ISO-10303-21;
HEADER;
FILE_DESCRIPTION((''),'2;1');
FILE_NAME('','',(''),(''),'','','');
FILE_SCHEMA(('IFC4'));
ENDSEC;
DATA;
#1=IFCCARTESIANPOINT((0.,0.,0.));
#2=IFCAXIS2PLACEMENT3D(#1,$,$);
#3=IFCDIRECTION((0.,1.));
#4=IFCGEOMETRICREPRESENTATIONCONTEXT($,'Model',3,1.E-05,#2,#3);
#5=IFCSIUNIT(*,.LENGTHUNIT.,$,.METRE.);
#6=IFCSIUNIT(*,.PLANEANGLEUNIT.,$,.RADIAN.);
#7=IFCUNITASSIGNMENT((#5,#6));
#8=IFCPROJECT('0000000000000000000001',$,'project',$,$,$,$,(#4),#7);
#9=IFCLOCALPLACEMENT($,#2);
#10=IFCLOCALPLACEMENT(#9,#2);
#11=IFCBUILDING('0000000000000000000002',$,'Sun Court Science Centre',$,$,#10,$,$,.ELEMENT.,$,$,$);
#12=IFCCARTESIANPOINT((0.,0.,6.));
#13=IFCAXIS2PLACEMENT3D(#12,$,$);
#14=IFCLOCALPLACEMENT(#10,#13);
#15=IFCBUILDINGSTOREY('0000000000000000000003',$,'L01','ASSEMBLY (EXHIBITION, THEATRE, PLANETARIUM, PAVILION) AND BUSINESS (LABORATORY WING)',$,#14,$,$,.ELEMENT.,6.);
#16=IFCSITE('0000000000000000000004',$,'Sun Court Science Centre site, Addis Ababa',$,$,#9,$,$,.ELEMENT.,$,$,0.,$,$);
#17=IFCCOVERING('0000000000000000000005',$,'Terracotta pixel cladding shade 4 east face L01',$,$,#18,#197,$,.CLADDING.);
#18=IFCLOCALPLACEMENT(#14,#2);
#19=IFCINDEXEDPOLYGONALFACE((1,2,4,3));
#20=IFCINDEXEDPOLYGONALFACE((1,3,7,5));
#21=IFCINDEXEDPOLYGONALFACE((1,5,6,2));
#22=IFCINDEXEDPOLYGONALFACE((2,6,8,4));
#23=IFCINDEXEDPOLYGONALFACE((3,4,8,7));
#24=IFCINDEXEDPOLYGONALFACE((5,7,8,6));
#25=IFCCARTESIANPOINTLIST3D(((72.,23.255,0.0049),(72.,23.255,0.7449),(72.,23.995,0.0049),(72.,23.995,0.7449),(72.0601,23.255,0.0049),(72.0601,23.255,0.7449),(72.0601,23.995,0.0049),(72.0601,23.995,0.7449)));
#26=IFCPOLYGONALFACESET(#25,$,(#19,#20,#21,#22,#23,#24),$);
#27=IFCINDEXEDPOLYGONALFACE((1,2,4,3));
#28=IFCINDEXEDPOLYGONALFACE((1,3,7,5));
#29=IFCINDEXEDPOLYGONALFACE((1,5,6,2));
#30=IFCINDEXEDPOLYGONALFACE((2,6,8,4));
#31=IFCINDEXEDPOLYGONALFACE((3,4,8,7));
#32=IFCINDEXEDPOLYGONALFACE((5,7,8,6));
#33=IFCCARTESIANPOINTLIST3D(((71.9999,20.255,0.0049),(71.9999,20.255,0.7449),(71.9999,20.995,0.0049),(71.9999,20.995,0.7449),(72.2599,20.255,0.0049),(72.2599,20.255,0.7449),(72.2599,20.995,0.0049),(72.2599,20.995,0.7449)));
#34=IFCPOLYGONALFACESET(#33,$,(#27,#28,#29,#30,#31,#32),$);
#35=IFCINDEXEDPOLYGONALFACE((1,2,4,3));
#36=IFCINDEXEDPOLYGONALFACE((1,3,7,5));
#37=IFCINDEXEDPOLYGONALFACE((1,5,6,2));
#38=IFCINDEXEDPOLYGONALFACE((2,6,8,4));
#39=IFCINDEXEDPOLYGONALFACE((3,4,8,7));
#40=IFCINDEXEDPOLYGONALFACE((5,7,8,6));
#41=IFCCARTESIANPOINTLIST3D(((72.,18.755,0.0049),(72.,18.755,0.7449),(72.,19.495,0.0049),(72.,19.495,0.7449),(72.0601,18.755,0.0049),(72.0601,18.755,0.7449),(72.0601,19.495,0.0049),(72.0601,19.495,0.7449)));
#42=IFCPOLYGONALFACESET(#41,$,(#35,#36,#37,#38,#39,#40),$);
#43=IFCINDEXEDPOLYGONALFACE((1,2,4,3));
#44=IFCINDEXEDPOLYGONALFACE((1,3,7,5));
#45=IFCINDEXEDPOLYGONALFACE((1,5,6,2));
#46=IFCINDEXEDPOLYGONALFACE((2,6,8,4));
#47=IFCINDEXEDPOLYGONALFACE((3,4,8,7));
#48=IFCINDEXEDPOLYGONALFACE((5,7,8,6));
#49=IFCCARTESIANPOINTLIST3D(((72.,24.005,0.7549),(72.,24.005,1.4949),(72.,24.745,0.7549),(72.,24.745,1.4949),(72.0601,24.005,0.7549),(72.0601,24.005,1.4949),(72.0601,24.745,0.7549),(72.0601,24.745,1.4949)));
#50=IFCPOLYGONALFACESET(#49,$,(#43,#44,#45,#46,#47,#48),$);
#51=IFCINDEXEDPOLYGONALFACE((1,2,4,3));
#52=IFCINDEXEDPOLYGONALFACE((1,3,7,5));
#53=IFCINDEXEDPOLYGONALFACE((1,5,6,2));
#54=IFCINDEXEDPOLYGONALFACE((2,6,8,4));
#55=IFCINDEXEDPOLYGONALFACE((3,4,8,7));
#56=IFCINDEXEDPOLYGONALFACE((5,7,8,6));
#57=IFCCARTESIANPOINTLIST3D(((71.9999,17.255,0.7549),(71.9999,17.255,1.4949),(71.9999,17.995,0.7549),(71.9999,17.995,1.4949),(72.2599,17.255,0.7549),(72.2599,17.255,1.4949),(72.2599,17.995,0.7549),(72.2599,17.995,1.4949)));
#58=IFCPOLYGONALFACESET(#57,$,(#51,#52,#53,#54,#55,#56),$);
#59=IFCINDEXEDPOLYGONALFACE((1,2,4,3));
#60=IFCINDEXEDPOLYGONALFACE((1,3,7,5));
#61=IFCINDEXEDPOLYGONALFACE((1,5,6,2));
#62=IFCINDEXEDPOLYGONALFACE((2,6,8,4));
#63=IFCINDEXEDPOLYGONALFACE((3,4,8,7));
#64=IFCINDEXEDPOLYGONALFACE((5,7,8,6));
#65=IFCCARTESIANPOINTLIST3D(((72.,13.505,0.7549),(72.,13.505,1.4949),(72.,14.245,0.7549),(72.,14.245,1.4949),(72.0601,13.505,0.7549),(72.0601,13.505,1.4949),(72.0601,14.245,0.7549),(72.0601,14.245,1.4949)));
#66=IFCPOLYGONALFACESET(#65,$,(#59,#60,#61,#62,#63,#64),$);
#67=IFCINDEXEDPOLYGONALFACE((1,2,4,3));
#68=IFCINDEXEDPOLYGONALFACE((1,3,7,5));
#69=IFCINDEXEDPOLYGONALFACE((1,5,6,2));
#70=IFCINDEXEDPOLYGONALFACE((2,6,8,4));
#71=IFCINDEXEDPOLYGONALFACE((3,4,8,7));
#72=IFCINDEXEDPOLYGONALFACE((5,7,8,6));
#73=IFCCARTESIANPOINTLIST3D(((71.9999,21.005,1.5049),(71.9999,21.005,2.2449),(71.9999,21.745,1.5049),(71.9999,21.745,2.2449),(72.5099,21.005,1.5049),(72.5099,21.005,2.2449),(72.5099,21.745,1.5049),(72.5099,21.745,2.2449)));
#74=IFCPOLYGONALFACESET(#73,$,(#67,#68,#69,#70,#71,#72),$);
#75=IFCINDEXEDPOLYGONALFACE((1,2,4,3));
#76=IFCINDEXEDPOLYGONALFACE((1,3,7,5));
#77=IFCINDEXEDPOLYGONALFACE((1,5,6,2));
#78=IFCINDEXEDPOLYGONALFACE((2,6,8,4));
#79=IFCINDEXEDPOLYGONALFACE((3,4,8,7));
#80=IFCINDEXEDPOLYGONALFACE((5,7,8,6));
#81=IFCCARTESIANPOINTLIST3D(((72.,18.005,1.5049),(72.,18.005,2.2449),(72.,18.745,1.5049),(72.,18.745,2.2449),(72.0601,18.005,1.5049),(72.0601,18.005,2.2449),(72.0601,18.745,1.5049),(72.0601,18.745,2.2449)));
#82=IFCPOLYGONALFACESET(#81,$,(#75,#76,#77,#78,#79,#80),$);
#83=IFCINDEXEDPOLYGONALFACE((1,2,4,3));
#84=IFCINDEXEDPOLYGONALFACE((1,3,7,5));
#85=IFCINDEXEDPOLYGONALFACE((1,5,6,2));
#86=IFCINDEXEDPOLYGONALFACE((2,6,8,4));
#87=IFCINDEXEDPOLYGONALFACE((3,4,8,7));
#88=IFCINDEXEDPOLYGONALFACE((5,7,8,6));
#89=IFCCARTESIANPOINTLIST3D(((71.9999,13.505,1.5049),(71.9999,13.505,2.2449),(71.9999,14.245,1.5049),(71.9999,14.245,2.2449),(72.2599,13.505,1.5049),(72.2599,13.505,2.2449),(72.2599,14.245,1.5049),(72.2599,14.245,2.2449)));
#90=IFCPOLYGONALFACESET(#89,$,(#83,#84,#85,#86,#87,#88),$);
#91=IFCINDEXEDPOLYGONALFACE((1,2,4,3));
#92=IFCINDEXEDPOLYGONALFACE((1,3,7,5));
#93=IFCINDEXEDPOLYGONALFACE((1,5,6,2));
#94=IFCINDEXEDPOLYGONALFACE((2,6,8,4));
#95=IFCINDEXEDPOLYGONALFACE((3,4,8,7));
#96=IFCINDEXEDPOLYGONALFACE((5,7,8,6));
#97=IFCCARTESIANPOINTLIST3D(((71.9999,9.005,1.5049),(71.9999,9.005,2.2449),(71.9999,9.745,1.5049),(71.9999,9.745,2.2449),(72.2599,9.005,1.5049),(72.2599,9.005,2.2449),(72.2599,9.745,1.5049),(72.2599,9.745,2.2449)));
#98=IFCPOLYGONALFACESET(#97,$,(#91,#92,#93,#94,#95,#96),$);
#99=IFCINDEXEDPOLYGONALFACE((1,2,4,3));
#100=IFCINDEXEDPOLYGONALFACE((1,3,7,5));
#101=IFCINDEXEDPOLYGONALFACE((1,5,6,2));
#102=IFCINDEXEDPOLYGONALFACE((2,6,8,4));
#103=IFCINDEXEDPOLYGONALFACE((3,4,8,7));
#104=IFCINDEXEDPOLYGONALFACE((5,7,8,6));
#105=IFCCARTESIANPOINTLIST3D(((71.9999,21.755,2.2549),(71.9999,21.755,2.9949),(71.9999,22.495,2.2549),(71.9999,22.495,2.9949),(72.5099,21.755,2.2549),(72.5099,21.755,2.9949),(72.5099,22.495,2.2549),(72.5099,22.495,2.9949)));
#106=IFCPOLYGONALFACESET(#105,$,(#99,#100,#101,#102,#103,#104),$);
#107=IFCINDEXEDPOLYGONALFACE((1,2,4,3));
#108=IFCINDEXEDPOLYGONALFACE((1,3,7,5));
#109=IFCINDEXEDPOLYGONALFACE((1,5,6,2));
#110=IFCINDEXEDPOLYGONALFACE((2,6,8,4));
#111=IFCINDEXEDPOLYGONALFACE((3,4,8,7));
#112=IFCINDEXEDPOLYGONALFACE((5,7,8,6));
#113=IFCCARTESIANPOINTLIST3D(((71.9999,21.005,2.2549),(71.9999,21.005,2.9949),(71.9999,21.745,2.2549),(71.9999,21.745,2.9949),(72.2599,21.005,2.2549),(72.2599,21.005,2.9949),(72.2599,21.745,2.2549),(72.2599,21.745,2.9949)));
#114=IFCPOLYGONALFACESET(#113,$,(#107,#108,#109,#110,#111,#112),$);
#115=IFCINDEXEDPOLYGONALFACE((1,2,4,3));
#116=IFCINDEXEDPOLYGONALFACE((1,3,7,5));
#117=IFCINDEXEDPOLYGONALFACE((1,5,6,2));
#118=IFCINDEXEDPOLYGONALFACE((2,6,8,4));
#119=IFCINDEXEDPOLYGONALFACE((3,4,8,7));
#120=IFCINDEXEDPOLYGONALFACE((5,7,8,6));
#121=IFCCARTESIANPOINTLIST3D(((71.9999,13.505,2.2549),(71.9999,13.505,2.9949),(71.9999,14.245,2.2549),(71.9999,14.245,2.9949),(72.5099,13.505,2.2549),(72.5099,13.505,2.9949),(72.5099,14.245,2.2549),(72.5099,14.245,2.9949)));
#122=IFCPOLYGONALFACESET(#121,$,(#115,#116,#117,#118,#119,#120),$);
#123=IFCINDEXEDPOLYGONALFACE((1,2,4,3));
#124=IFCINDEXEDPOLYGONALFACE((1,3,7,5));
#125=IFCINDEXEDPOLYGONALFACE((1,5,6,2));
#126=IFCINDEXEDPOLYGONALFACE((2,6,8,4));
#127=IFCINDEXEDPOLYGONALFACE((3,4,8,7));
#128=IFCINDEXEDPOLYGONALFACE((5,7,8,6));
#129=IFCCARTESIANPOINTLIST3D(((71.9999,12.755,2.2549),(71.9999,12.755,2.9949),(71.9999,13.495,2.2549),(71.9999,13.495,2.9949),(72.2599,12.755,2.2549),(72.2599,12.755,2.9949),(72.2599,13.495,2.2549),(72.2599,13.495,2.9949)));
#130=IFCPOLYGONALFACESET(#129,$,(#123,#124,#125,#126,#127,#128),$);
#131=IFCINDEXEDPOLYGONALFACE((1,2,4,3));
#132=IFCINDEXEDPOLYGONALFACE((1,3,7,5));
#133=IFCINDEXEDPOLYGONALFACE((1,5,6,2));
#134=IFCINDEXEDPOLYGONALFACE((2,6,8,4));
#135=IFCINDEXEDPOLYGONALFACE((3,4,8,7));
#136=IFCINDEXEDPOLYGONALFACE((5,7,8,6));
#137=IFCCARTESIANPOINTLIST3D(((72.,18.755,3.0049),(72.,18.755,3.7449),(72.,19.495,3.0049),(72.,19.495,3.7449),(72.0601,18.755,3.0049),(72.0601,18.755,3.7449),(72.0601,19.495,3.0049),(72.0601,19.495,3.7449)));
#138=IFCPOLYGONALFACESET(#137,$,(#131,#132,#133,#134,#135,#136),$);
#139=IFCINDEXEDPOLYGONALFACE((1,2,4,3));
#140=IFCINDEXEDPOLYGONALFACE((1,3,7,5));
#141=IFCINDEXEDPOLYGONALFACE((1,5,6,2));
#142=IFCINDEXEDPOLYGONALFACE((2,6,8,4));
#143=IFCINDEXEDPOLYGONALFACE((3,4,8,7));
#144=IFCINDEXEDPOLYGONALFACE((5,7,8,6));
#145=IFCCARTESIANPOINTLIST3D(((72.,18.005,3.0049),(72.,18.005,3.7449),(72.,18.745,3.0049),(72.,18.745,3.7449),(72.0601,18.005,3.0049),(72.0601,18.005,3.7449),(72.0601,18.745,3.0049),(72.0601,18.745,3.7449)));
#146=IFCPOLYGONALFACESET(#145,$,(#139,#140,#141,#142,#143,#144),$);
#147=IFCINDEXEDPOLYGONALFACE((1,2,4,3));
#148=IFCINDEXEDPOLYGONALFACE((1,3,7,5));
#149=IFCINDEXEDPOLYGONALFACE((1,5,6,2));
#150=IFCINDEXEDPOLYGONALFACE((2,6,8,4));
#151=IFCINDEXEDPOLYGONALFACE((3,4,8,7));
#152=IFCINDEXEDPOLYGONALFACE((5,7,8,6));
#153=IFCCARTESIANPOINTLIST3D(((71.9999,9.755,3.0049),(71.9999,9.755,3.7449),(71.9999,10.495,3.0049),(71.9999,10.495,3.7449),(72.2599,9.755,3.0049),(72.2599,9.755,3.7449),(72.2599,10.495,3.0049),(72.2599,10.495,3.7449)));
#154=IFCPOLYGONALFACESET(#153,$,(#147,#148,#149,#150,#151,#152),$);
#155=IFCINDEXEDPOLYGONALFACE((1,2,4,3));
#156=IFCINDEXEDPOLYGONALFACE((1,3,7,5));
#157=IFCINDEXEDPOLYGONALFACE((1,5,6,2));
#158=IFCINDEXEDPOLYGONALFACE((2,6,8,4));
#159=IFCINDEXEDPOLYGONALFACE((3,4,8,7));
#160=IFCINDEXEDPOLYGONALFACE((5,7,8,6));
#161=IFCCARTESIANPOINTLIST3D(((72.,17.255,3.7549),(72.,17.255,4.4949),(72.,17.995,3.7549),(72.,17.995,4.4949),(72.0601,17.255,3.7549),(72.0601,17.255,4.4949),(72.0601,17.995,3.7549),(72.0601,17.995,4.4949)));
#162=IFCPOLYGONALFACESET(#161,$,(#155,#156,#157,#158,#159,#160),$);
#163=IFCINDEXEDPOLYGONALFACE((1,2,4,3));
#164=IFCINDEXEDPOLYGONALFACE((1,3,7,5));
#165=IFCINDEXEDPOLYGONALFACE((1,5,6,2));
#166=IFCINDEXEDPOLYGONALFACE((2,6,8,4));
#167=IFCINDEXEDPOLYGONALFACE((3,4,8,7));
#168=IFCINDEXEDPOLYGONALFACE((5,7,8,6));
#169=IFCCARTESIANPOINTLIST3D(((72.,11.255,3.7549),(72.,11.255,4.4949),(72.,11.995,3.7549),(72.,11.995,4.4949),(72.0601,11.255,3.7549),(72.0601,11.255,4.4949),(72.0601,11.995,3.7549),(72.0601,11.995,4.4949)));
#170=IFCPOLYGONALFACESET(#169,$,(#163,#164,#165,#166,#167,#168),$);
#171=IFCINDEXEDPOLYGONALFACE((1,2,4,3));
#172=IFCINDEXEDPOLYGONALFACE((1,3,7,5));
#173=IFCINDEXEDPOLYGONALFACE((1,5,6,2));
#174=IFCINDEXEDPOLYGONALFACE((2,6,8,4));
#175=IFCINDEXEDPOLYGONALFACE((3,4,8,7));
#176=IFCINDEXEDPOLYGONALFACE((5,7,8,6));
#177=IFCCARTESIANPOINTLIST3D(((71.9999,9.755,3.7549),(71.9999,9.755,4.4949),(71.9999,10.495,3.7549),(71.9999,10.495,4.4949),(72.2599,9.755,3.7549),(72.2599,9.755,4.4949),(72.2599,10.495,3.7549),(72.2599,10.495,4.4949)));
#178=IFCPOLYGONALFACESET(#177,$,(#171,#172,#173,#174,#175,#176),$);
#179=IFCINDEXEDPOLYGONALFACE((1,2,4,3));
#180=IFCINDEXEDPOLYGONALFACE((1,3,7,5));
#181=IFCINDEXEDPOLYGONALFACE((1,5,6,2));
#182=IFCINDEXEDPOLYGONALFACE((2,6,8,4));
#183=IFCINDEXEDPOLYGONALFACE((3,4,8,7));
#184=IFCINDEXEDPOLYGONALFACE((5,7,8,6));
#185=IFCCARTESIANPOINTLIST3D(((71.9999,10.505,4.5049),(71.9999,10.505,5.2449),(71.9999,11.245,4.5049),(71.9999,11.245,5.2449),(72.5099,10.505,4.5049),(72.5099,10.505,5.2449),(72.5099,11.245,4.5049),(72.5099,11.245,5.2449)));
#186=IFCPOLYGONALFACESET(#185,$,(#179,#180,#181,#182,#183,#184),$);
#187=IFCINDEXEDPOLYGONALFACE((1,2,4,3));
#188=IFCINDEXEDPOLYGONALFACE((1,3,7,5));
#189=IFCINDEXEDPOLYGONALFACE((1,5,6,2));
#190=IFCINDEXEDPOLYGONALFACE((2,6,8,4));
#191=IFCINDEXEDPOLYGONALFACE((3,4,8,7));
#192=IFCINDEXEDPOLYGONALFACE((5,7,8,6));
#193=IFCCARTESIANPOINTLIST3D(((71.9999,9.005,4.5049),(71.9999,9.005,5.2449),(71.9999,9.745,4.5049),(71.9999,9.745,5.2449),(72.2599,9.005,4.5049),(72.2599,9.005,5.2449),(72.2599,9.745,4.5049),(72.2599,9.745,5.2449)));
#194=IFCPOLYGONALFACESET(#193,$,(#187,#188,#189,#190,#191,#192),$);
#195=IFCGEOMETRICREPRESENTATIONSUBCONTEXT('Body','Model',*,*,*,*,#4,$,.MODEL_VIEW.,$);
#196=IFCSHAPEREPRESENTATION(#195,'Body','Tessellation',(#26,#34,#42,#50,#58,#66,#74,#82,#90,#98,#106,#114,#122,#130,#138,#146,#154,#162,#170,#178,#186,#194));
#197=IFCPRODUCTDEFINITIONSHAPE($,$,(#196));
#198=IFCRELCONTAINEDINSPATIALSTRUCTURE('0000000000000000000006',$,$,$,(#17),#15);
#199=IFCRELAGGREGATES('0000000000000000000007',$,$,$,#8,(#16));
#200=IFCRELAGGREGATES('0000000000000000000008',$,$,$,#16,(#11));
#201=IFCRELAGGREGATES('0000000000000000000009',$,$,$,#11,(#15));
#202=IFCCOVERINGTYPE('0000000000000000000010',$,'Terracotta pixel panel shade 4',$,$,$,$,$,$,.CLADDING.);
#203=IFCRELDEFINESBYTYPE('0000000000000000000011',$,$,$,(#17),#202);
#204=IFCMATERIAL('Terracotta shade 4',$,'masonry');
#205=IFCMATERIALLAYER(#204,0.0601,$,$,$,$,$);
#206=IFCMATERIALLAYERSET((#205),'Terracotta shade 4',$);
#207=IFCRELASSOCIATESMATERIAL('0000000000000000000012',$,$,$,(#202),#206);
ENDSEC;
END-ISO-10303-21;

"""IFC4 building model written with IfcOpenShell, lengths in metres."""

from ifc_helpers import new_model, si_unit, direction, frame, origin, origin_2d, place, context, subcontext, project, spatial, rectangle, extrude, material, layer, layer_set, type_object, element, save


model = new_model("IFC4")

# Units and contexts
model_context = context("Model", 3, precision=1e-05, world=origin(), true_north=direction((0.0, 1.0)))
body_context = subcontext(model_context, "Body", "Model", "MODEL_VIEW")
ifc_project = project(units=[si_unit("LENGTHUNIT", "METRE"), si_unit("PLANEANGLEUNIT", "RADIAN")], contexts=[model_context])

# Site, building, storey
site_placement = place(None, origin())
site = spatial("IfcSite", under=ifc_project, at=site_placement, Name="Sun Court Science Centre site, Addis Ababa", CompositionType="ELEMENT", RefElevation=0.0)
building_placement = place(site_placement, origin())
building = spatial("IfcBuilding", under=site, at=building_placement, Name="Sun Court Science Centre", CompositionType="ELEMENT")
storey_placement = place(building_placement, frame((0.0, 0.0, 6.0)))
storey = spatial("IfcBuildingStorey", under=building, at=storey_placement, Name="L01", Description="ASSEMBLY (EXHIBITION, THEATRE, PLANETARIUM, PAVILION) AND BUSINESS (LABORATORY WING)", CompositionType="ELEMENT", Elevation=6.0)

# Covering
ifc_material_1 = material(Name="Terracotta shade 4", Category="masonry")
ifc_layer_1 = layer(ifc_material_1, 0.0601)
ifc_layer_set_1 = layer_set([ifc_layer_1], Name="Terracotta shade 4")
covering_type_1 = type_object("IfcCoveringType", Name="Terracotta pixel panel shade 4", PredefinedType="CLADDING", material=ifc_layer_set_1)
covering_1_placement = place(storey_placement, frame((0.0, 0.0, -6.0)))
element("IfcCovering", 1, at=covering_1_placement, inside=storey, type_object=covering_type_1, Name="Terracotta pixel cladding shade 4 east face L01", PredefinedType="CLADDING", context=body_context, shape_type="SweptSolid", body=[
    extrude(rectangle(XDim=0.74, YDim=0.0601, at=origin_2d()), frame((72.03, 23.625, 6.0049), z_axis=(0.0, 0.0, 1.0), x_axis=(0.0, -1.0, 0.0)), (0.0, 0.0, 1.0), 0.74),
    extrude(rectangle(XDim=0.74, YDim=0.26, at=origin_2d()), frame((72.1299, 20.625, 6.0049), z_axis=(0.0, 0.0, 1.0), x_axis=(0.0, -1.0, 0.0)), (0.0, 0.0, 1.0), 0.74),
    extrude(rectangle(XDim=0.74, YDim=0.0601, at=origin_2d()), frame((72.03, 19.125, 6.0049), z_axis=(0.0, 0.0, 1.0), x_axis=(0.0, -1.0, 0.0)), (0.0, 0.0, 1.0), 0.74),
    extrude(rectangle(XDim=0.74, YDim=0.0601, at=origin_2d()), frame((72.03, 24.375, 6.7549), z_axis=(0.0, 0.0, 1.0), x_axis=(0.0, -1.0, 0.0)), (0.0, 0.0, 1.0), 0.74),
    extrude(rectangle(XDim=0.74, YDim=0.26, at=origin_2d()), frame((72.1299, 17.625, 6.7549), z_axis=(0.0, 0.0, 1.0), x_axis=(0.0, -1.0, 0.0)), (0.0, 0.0, 1.0), 0.74),
    extrude(rectangle(XDim=0.74, YDim=0.0601, at=origin_2d()), frame((72.03, 13.875, 6.7549), z_axis=(0.0, 0.0, 1.0), x_axis=(0.0, -1.0, 0.0)), (0.0, 0.0, 1.0), 0.74),
    extrude(rectangle(XDim=0.74, YDim=0.51, at=origin_2d()), frame((72.2549, 21.375, 7.5049), z_axis=(0.0, 0.0, 1.0), x_axis=(0.0, -1.0, 0.0)), (0.0, 0.0, 1.0), 0.74),
    extrude(rectangle(XDim=0.74, YDim=0.0601, at=origin_2d()), frame((72.03, 18.375, 7.5049), z_axis=(0.0, 0.0, 1.0), x_axis=(0.0, -1.0, 0.0)), (0.0, 0.0, 1.0), 0.74),
    extrude(rectangle(XDim=0.74, YDim=0.26, at=origin_2d()), frame((72.1299, 13.875, 7.5049), z_axis=(0.0, 0.0, 1.0), x_axis=(0.0, -1.0, 0.0)), (0.0, 0.0, 1.0), 0.74),
    extrude(rectangle(XDim=0.74, YDim=0.26, at=origin_2d()), frame((72.1299, 9.375, 7.5049), z_axis=(0.0, 0.0, 1.0), x_axis=(0.0, -1.0, 0.0)), (0.0, 0.0, 1.0), 0.74),
    extrude(rectangle(XDim=0.74, YDim=0.51, at=origin_2d()), frame((72.2549, 22.125, 8.2549), z_axis=(0.0, 0.0, 1.0), x_axis=(0.0, -1.0, 0.0)), (0.0, 0.0, 1.0), 0.74),
    extrude(rectangle(XDim=0.74, YDim=0.26, at=origin_2d()), frame((72.1299, 21.375, 8.2549), z_axis=(0.0, 0.0, 1.0), x_axis=(0.0, -1.0, 0.0)), (0.0, 0.0, 1.0), 0.74),
    extrude(rectangle(XDim=0.74, YDim=0.51, at=origin_2d()), frame((72.2549, 13.875, 8.2549), z_axis=(0.0, 0.0, 1.0), x_axis=(0.0, -1.0, 0.0)), (0.0, 0.0, 1.0), 0.74),
    extrude(rectangle(XDim=0.74, YDim=0.26, at=origin_2d()), frame((72.1299, 13.125, 8.2549), z_axis=(0.0, 0.0, 1.0), x_axis=(0.0, -1.0, 0.0)), (0.0, 0.0, 1.0), 0.74),
    extrude(rectangle(XDim=0.74, YDim=0.0601, at=origin_2d()), frame((72.03, 19.125, 9.0049), z_axis=(0.0, 0.0, 1.0), x_axis=(0.0, -1.0, 0.0)), (0.0, 0.0, 1.0), 0.74),
    extrude(rectangle(XDim=0.74, YDim=0.0601, at=origin_2d()), frame((72.03, 18.375, 9.0049), z_axis=(0.0, 0.0, 1.0), x_axis=(0.0, -1.0, 0.0)), (0.0, 0.0, 1.0), 0.74),
    extrude(rectangle(XDim=0.74, YDim=0.26, at=origin_2d()), frame((72.1299, 10.125, 9.0049), z_axis=(0.0, 0.0, 1.0), x_axis=(0.0, -1.0, 0.0)), (0.0, 0.0, 1.0), 0.74),
    extrude(rectangle(XDim=0.74, YDim=0.0601, at=origin_2d()), frame((72.03, 17.625, 9.7549), z_axis=(0.0, 0.0, 1.0), x_axis=(0.0, -1.0, 0.0)), (0.0, 0.0, 1.0), 0.74),
    extrude(rectangle(XDim=0.74, YDim=0.0601, at=origin_2d()), frame((72.03, 11.625, 9.7549), z_axis=(0.0, 0.0, 1.0), x_axis=(0.0, -1.0, 0.0)), (0.0, 0.0, 1.0), 0.74),
    extrude(rectangle(XDim=0.74, YDim=0.26, at=origin_2d()), frame((72.1299, 10.125, 9.7549), z_axis=(0.0, 0.0, 1.0), x_axis=(0.0, -1.0, 0.0)), (0.0, 0.0, 1.0), 0.74),
    extrude(rectangle(XDim=0.74, YDim=0.51, at=origin_2d()), frame((72.2549, 10.875, 10.5049), z_axis=(0.0, 0.0, 1.0), x_axis=(0.0, -1.0, 0.0)), (0.0, 0.0, 1.0), 0.74),
    extrude(rectangle(XDim=0.74, YDim=0.26, at=origin_2d()), frame((72.1299, 9.375, 10.5049), z_axis=(0.0, 0.0, 1.0), x_axis=(0.0, -1.0, 0.0)), (0.0, 0.0, 1.0), 0.74),
])

save(model, "model.ifc")
